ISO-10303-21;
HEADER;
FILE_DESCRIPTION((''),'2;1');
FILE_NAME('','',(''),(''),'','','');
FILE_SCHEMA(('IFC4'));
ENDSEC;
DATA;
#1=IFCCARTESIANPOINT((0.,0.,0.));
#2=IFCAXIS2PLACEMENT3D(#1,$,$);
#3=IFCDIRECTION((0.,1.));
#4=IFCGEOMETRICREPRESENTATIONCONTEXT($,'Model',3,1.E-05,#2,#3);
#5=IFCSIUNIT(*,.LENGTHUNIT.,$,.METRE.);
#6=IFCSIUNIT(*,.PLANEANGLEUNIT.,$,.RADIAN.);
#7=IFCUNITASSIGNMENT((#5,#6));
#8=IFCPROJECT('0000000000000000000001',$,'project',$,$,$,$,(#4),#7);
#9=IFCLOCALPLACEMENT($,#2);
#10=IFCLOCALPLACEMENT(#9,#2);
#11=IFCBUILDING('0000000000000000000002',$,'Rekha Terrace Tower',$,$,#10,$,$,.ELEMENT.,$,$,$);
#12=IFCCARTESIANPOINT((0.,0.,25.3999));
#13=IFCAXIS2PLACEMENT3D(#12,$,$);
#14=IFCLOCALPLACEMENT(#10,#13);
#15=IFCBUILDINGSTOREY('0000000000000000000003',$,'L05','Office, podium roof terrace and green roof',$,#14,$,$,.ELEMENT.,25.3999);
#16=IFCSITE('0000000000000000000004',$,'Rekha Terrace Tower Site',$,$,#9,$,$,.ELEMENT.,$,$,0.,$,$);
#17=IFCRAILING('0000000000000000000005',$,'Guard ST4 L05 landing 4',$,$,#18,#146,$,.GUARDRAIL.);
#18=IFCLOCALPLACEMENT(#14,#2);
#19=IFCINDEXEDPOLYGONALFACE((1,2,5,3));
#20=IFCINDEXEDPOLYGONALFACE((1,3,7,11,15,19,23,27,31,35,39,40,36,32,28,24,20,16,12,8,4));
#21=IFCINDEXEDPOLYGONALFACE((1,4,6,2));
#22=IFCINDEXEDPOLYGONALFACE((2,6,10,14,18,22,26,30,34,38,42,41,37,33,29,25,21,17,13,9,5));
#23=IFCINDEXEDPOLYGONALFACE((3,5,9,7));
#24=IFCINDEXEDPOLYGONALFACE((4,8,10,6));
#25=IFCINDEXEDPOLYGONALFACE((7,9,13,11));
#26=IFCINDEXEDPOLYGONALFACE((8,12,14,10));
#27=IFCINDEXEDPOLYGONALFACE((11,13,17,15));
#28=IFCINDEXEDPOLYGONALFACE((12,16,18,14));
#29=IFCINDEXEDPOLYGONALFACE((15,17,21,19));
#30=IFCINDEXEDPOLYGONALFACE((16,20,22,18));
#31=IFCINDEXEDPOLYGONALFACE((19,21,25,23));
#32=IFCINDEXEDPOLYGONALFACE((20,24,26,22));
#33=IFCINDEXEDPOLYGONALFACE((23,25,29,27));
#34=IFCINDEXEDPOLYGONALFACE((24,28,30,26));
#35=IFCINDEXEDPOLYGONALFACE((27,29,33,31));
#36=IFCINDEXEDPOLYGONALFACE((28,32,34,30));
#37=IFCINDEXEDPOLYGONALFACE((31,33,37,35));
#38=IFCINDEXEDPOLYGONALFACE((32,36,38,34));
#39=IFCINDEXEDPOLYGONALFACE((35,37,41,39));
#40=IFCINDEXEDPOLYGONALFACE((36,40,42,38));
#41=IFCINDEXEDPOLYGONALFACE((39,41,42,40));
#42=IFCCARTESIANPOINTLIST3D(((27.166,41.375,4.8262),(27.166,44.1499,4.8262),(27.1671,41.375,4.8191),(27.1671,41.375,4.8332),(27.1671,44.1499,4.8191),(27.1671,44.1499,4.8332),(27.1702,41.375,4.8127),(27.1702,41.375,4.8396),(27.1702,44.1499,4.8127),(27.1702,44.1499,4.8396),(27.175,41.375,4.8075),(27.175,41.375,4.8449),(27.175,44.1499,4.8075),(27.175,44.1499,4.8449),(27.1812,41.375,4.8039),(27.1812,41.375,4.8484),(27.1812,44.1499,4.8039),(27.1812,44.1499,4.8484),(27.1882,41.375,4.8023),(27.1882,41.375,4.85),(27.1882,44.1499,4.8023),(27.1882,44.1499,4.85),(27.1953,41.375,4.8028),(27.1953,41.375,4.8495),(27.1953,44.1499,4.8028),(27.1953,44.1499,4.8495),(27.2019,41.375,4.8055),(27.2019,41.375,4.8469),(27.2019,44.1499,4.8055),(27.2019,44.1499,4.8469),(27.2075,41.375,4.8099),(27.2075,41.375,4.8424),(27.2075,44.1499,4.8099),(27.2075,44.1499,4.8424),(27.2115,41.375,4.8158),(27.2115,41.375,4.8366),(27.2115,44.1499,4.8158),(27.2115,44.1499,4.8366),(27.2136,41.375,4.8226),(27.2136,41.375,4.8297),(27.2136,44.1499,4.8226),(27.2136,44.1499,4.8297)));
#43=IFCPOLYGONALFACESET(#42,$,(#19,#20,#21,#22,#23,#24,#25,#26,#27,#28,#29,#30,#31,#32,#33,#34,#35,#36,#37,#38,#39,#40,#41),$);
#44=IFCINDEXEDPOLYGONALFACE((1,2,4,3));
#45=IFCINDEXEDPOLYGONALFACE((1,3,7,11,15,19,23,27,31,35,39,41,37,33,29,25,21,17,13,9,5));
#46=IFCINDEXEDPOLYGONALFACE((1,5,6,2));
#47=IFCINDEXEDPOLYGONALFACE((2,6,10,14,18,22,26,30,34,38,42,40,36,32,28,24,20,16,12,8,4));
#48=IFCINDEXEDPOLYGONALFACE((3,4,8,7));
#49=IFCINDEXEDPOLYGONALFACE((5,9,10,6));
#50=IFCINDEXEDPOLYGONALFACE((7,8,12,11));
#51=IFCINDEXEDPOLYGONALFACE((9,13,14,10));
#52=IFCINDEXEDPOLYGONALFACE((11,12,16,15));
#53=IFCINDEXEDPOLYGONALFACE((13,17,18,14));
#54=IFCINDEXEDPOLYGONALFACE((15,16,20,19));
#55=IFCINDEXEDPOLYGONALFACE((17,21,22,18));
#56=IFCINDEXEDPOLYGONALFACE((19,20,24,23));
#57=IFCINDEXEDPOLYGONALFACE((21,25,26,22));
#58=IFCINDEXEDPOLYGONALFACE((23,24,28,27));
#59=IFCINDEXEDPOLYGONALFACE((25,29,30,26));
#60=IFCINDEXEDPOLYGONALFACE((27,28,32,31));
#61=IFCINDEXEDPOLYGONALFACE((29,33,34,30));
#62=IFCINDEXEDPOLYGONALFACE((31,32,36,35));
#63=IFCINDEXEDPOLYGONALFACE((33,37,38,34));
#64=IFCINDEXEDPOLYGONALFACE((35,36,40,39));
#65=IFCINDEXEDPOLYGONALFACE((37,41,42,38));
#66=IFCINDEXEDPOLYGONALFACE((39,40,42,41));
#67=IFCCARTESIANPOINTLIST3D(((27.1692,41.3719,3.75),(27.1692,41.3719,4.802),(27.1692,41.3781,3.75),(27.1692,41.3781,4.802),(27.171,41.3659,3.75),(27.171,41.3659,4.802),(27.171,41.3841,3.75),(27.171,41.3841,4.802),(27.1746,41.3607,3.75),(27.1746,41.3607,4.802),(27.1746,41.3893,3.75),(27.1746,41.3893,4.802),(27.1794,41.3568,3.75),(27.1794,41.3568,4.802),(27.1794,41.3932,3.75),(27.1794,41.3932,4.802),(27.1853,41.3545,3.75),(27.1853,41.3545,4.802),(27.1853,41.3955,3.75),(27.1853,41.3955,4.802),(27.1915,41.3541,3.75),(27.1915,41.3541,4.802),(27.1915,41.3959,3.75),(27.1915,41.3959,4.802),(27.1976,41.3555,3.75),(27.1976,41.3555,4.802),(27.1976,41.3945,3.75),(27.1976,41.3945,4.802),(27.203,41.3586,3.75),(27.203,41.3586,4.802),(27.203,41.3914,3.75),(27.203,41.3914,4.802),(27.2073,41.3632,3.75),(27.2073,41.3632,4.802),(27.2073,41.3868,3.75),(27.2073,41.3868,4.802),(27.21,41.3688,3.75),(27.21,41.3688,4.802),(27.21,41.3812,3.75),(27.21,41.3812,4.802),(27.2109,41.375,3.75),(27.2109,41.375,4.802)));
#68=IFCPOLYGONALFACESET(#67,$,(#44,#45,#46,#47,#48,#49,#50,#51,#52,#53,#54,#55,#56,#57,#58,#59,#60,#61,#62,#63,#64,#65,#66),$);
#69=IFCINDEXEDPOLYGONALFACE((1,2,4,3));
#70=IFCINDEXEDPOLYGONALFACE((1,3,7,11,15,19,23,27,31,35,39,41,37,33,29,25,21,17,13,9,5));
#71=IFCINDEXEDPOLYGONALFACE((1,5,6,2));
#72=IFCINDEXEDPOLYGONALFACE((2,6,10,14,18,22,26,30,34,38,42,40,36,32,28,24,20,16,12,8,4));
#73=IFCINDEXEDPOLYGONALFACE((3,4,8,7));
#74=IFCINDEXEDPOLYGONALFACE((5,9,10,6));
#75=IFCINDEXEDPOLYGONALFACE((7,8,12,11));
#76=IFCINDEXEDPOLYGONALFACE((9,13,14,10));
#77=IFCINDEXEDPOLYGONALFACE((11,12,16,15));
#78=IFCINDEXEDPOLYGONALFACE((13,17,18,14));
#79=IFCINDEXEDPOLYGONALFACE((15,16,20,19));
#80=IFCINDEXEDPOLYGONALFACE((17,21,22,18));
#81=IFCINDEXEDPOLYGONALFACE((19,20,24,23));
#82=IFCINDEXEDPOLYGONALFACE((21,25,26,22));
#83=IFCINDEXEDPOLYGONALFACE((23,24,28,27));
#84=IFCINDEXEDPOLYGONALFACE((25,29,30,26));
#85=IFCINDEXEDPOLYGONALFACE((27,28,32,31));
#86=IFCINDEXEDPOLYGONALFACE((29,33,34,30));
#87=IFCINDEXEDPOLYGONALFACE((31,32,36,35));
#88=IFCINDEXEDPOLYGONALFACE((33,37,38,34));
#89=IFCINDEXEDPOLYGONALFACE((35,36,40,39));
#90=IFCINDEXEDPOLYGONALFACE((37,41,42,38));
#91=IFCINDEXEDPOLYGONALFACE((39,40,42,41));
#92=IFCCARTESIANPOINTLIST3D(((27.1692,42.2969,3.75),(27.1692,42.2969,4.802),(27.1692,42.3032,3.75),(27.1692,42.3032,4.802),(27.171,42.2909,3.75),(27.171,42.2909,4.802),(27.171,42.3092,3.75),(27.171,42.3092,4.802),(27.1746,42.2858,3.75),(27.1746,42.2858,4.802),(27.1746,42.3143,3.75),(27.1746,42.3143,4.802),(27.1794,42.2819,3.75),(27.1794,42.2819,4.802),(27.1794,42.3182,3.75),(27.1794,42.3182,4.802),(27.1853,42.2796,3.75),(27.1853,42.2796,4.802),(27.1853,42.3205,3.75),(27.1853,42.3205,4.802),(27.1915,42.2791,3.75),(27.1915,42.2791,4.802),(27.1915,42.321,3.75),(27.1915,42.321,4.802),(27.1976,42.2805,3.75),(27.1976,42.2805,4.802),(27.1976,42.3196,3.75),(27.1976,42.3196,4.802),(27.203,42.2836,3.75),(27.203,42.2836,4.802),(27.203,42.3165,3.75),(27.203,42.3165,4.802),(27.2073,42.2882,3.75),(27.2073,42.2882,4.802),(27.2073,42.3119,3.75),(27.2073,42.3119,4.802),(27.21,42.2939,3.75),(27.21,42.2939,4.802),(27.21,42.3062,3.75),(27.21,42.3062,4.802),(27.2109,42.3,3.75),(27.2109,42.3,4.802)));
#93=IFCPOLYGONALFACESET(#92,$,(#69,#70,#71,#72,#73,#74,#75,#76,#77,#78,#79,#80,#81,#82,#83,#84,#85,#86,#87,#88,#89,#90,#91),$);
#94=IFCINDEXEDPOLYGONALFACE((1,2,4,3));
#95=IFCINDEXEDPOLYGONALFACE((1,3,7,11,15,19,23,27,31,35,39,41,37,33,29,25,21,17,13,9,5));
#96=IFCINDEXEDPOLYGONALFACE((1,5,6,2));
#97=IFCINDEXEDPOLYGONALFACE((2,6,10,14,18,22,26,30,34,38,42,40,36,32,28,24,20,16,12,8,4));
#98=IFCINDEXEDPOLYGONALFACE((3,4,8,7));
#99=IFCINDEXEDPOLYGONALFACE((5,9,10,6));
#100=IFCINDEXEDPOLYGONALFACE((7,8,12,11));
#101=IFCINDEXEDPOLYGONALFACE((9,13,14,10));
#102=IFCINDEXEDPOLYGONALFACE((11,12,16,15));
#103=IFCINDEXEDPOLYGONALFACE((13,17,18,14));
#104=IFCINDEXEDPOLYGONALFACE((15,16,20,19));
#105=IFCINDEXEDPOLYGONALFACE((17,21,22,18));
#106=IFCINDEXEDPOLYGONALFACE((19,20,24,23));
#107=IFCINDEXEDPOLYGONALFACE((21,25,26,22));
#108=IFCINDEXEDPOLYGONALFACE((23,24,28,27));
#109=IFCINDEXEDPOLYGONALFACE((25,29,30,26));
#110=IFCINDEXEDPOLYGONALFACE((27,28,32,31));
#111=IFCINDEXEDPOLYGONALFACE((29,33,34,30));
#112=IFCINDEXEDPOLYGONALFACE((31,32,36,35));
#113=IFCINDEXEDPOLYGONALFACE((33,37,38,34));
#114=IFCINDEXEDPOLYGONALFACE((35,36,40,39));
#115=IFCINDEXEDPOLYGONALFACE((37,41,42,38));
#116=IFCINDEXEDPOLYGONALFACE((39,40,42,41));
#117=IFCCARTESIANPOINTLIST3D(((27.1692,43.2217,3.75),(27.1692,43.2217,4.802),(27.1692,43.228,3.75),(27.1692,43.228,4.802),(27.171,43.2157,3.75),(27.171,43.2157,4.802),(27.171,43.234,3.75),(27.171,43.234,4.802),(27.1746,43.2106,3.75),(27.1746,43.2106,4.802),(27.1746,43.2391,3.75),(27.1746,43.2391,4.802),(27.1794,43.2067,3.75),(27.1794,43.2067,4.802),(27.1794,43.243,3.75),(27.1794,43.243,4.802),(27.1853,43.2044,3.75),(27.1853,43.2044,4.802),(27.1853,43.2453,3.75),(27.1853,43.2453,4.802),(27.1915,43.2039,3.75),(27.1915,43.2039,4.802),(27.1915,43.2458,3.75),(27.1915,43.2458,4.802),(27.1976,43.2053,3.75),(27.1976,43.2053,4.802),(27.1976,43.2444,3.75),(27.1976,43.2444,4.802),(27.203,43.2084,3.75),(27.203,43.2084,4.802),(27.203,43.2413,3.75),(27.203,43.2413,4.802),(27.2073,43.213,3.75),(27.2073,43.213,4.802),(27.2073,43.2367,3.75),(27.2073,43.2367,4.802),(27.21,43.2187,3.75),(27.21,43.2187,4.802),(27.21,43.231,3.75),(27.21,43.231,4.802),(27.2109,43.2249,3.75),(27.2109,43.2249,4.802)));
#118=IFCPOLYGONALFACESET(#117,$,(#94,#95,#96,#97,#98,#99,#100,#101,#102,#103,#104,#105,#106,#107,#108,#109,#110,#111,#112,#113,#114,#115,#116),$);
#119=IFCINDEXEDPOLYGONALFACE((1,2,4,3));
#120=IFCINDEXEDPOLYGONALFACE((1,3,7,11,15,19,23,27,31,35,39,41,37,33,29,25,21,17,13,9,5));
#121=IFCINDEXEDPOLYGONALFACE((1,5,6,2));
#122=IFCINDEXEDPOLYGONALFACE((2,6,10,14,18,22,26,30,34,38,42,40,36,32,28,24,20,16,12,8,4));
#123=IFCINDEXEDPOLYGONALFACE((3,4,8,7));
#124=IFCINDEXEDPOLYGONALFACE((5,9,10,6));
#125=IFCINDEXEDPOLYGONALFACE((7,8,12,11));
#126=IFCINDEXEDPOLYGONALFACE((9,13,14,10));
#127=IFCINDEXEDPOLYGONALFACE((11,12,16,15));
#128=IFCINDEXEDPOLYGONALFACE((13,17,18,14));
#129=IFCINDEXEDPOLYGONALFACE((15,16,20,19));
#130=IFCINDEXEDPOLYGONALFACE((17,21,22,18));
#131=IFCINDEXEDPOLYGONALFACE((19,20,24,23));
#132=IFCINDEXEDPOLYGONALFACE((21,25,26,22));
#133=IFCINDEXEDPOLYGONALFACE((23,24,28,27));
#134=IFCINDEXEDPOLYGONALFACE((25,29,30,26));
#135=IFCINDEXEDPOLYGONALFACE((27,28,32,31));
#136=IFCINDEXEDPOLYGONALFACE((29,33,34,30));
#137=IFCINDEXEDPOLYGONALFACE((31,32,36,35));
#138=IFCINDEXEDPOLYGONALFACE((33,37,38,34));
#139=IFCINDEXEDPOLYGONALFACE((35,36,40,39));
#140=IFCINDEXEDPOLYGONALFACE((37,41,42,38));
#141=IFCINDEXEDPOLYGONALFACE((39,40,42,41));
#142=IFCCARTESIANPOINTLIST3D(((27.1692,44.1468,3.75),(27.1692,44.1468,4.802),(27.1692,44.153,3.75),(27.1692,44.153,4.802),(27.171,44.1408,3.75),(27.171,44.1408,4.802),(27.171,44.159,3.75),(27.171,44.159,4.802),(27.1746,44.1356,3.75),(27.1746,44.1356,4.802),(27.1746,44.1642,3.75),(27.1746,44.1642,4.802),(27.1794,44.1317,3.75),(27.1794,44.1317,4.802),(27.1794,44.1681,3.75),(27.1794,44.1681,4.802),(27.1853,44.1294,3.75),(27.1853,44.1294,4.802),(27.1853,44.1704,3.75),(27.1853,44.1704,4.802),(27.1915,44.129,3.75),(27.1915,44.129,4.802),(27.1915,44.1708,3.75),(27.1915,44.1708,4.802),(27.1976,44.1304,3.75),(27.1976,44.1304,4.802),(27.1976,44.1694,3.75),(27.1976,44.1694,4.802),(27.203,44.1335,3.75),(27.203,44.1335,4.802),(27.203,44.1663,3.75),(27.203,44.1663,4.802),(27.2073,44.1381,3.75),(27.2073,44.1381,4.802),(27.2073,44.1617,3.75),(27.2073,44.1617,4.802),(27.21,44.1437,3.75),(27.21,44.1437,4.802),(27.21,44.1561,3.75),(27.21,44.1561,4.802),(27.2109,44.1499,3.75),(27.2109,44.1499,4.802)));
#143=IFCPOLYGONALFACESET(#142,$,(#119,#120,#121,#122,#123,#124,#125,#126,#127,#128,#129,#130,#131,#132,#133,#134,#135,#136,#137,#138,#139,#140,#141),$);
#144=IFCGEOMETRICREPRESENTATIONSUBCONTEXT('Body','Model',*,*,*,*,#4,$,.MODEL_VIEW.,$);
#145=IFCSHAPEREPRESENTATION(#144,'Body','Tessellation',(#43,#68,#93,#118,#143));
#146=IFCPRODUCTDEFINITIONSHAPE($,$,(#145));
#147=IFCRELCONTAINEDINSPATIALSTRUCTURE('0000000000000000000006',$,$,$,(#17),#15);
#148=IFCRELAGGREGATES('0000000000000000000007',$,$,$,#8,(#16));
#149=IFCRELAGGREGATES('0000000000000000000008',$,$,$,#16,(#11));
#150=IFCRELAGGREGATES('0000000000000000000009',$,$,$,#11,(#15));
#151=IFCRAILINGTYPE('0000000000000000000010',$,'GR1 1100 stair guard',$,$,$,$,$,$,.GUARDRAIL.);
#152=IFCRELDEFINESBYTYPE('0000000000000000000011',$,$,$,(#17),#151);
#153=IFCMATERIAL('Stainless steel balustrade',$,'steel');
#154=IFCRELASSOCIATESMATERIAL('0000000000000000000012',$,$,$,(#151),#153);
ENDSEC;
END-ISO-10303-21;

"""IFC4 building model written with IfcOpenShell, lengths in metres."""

from ifc_helpers import new_model, si_unit, direction, frame, origin, origin_2d, place, context, subcontext, project, spatial, circle, extrude, material, type_object, element, save


model = new_model("IFC4")

# Units and contexts
model_context = context("Model", 3, precision=1e-05, world=origin(), true_north=direction((0.0, 1.0)))
body_context = subcontext(model_context, "Body", "Model", "MODEL_VIEW")
ifc_project = project(units=[si_unit("LENGTHUNIT", "METRE"), si_unit("PLANEANGLEUNIT", "RADIAN")], contexts=[model_context])

# Site, building, storey
site_placement = place(None, origin())
site = spatial("IfcSite", under=ifc_project, at=site_placement, Name="Rekha Terrace Tower Site", CompositionType="ELEMENT", RefElevation=0.0)
building_placement = place(site_placement, origin())
building = spatial("IfcBuilding", under=site, at=building_placement, Name="Rekha Terrace Tower", CompositionType="ELEMENT")
storey_placement = place(building_placement, frame((0.0, 0.0, 25.3999)))
storey = spatial("IfcBuildingStorey", under=building, at=storey_placement, Name="L05", Description="Office, podium roof terrace and green roof", CompositionType="ELEMENT", Elevation=25.3999)

# Railing
ifc_material_1 = material(Name="Stainless steel balustrade", Category="steel")
railing_type_1 = type_object("IfcRailingType", Name="GR1 1100 stair guard", PredefinedType="GUARDRAIL", material=ifc_material_1)
railing_1_placement = place(storey_placement, frame((27.1899, 41.375, 3.75)))
element("IfcRailing", 1, at=railing_1_placement, inside=storey, type_object=railing_type_1, Name="Guard ST4 L05 landing 4", PredefinedType="GUARDRAIL", context=body_context, shape_type="SweptSolid", body=[
    extrude(circle(Radius=0.0239, at=origin_2d()), frame((0.0, 0.0, 1.0762), z_axis=(0.0, 1.0, 0.0), x_axis=(-1.0, 0.0, 0.0)), (0.0, 0.0, 1.0), 2.7749),
    extrude(circle(Radius=0.021, at=origin_2d()), origin(), (0.0, 0.0, 1.0), 1.052),
    extrude(circle(Radius=0.021, at=origin_2d()), frame((0.0, 0.925, 0.0)), (0.0, 0.0, 1.0), 1.052),
    extrude(circle(Radius=0.021, at=origin_2d()), frame((0.0, 1.8499, 0.0)), (0.0, 0.0, 1.0), 1.052),
    extrude(circle(Radius=0.021, at=origin_2d()), frame((0.0, 2.7749, 0.0)), (0.0, 0.0, 1.0), 1.052),
])

save(model, "model.ifc")
